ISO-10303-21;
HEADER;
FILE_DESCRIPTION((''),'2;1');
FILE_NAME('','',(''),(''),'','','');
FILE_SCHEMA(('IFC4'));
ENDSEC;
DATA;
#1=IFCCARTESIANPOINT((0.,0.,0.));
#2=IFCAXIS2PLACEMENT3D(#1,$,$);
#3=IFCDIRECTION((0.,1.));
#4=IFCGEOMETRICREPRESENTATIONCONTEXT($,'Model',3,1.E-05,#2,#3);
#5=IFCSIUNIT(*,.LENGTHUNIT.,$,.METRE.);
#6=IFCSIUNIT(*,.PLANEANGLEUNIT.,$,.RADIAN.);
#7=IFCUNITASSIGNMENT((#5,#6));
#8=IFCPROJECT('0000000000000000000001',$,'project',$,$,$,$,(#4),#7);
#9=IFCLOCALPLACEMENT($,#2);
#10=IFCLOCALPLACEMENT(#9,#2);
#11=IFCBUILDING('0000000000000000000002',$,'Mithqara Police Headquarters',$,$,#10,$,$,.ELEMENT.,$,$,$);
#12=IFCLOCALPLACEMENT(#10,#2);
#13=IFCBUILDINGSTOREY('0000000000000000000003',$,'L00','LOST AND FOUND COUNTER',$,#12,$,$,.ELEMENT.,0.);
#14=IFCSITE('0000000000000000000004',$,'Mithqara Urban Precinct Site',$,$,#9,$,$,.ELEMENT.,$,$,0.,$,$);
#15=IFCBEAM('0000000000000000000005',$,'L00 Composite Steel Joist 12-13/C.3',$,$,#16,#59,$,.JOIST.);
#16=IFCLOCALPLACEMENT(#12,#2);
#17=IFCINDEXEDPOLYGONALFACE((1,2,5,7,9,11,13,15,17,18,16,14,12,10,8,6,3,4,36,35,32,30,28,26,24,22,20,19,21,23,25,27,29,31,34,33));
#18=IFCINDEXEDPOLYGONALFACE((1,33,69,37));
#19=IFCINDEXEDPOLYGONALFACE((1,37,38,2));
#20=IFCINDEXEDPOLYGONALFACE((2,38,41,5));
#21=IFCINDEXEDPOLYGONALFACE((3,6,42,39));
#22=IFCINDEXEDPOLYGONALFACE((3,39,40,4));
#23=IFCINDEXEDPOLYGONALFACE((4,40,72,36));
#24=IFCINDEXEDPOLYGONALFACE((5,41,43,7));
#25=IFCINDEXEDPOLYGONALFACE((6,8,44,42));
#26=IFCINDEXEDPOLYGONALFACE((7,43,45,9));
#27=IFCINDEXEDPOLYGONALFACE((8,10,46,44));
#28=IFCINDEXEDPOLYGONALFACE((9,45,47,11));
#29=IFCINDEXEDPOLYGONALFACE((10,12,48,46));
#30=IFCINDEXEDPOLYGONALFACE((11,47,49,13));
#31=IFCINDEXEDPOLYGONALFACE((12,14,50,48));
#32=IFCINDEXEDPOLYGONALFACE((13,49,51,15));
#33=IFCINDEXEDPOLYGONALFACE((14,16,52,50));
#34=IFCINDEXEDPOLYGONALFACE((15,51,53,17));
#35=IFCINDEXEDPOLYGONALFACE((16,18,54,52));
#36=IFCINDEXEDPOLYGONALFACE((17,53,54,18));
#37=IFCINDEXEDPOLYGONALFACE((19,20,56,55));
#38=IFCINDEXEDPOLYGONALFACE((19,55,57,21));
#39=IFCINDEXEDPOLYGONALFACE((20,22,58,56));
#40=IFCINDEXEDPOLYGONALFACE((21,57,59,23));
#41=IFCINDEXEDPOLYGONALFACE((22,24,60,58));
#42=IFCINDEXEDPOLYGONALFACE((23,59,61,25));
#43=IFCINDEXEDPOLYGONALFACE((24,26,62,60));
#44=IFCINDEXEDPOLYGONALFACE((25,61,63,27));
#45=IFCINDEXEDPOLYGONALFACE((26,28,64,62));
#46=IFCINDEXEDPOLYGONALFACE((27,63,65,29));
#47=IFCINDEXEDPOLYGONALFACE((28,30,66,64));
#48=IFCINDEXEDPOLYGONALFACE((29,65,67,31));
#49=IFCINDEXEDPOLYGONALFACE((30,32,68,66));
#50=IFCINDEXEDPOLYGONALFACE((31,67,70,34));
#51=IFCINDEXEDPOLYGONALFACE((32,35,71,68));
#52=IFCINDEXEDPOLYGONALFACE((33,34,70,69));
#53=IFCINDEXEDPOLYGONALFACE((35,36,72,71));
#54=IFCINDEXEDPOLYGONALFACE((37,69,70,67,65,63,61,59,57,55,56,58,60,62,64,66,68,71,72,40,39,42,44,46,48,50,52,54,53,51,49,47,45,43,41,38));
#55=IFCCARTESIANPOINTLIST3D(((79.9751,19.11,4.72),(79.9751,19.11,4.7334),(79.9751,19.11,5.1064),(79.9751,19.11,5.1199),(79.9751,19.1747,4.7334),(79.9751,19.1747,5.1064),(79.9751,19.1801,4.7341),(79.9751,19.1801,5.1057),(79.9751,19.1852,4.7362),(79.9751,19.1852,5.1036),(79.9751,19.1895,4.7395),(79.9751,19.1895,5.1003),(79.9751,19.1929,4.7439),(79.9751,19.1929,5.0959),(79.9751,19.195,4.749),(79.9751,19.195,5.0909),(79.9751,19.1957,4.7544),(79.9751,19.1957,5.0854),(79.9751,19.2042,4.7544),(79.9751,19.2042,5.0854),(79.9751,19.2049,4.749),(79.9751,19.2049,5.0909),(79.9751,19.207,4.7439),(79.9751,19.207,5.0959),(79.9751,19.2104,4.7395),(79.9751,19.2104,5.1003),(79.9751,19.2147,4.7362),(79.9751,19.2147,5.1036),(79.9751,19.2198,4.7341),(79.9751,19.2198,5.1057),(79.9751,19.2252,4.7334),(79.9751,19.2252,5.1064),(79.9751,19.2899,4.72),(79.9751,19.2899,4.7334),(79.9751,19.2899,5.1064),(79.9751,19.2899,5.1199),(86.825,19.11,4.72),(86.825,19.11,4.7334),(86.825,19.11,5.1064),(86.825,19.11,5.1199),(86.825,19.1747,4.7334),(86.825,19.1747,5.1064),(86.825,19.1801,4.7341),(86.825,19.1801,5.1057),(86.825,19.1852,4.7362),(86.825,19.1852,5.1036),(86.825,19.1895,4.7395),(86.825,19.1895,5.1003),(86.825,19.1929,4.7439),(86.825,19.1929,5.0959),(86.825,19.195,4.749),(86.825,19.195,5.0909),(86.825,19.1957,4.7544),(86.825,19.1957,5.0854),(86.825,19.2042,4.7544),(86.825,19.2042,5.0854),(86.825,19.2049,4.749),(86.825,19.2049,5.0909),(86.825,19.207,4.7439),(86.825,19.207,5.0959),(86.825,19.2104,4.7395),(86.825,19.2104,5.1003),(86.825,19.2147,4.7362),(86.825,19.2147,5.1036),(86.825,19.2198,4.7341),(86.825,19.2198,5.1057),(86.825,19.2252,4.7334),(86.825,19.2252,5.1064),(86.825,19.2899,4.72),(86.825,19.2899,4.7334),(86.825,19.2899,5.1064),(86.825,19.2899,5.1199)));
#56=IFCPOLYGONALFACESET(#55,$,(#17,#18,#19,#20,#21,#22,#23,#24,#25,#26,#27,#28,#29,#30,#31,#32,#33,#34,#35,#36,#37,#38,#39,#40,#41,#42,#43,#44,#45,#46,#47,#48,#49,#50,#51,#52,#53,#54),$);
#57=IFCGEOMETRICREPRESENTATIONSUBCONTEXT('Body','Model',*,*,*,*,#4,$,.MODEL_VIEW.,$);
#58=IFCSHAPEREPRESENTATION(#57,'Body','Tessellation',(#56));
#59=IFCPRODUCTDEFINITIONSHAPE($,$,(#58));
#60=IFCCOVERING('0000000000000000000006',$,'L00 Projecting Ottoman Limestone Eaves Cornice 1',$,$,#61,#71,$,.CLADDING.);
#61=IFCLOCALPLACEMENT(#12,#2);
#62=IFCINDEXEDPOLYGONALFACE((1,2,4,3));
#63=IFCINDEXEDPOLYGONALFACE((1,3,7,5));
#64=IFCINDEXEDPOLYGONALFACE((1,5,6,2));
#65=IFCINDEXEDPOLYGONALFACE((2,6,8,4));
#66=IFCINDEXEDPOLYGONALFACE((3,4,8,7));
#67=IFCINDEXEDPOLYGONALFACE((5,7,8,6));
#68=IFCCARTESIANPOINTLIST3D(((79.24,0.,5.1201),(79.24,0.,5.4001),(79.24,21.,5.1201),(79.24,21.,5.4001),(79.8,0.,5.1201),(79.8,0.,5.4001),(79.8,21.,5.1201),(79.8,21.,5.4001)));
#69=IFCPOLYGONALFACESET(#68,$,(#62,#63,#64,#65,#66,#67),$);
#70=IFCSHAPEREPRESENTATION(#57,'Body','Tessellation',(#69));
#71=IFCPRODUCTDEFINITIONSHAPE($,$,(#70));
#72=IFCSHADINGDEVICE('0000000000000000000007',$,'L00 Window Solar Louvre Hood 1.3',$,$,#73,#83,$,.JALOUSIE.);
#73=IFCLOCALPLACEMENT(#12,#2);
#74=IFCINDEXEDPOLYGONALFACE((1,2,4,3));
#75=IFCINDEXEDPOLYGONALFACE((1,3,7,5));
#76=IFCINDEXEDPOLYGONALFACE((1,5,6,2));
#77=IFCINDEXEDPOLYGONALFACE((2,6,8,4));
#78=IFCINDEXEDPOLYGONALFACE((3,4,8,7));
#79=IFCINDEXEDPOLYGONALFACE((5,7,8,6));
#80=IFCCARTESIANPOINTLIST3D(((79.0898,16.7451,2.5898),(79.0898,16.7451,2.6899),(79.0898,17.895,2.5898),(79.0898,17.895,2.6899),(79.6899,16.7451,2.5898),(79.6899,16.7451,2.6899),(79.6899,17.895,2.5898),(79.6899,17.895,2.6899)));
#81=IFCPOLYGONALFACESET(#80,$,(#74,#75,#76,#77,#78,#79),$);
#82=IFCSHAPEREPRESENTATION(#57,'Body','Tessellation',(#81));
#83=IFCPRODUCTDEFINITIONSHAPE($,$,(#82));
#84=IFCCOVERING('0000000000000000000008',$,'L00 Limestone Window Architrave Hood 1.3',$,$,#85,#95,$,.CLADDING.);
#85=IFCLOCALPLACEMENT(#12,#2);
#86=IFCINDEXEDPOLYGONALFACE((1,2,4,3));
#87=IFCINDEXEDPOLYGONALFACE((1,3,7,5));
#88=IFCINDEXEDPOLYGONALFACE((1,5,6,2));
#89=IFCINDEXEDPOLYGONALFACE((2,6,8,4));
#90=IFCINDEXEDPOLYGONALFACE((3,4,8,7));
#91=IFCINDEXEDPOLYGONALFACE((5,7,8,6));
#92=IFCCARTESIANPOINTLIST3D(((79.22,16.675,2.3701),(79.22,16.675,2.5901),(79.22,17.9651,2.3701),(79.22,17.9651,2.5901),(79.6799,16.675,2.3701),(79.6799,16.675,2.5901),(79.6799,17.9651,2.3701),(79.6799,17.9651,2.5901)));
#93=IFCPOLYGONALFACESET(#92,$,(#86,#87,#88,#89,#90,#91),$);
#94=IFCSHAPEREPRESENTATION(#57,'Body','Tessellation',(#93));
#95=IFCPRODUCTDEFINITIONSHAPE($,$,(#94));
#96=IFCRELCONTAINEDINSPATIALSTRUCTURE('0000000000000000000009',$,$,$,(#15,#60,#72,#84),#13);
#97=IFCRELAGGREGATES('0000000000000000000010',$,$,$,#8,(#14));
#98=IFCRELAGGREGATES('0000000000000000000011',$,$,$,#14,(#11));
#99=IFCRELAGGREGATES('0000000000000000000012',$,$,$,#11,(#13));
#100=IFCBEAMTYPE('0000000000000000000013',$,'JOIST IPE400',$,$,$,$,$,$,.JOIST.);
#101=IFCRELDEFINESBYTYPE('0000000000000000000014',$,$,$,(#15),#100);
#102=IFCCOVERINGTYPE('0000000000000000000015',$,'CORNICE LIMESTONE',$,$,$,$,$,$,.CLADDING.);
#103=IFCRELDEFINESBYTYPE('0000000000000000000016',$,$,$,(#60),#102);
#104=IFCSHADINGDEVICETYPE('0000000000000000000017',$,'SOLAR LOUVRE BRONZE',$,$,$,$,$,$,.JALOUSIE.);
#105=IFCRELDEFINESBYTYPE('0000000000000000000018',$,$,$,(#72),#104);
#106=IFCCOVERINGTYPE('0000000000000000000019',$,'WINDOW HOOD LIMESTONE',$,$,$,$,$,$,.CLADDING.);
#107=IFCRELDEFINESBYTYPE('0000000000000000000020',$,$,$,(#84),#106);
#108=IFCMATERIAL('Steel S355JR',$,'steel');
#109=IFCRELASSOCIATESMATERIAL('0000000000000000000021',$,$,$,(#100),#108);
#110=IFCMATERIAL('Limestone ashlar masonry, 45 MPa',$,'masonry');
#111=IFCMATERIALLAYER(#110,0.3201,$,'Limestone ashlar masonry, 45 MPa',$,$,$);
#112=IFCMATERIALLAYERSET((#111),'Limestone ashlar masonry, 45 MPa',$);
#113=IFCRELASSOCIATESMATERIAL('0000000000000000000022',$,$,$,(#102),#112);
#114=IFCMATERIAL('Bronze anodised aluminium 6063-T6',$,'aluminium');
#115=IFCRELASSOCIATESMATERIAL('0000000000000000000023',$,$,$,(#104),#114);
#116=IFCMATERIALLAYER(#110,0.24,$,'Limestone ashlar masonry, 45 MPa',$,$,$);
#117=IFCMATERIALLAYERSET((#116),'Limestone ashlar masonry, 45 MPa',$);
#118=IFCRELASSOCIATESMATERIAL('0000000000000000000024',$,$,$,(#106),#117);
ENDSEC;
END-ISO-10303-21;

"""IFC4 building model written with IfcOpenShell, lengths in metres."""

from ifc_helpers import new_model, si_unit, direction, frame, origin, origin_2d, place, context, subcontext, project, spatial, rectangle, i_section, extrude, material, layer, layer_set, material_profile, profile_set, type_object, element, save


model = new_model("IFC4")

# Units and contexts
model_context = context("Model", 3, precision=1e-05, world=origin(), true_north=direction((0.0, 1.0)))
body_context = subcontext(model_context, "Body", "Model", "MODEL_VIEW")
ifc_project = project(units=[si_unit("LENGTHUNIT", "METRE"), si_unit("PLANEANGLEUNIT", "RADIAN")], contexts=[model_context])

# Site, building, storey
site_placement = place(None, origin())
site = spatial("IfcSite", under=ifc_project, at=site_placement, Name="Mithqara Urban Precinct Site", CompositionType="ELEMENT", RefElevation=0.0)
building_placement = place(site_placement, origin())
building = spatial("IfcBuilding", under=site, at=building_placement, Name="Mithqara Police Headquarters", CompositionType="ELEMENT")
storey_placement = place(building_placement, origin())
storey = spatial("IfcBuildingStorey", under=building, at=storey_placement, Name="L00", Description="LOST AND FOUND COUNTER", CompositionType="ELEMENT", Elevation=0.0)

# Beam
ifc_material_1 = material(Name="Steel S355JR", Category="steel")
ifc_material_profile_1 = material_profile(ifc_material_1, i_section(OverallWidth=0.1799, OverallDepth=0.3999, WebThickness=0.0085, FlangeThickness=0.0134, FilletRadius=0.021, at=origin_2d()), Name="IPE 400")
ifc_profile_set_1 = profile_set([ifc_material_profile_1], Name="Steel S355JR")
beam_type_1 = type_object("IfcBeamType", Name="JOIST IPE400", PredefinedType="JOIST", material=ifc_profile_set_1)
beam_1_placement = place(storey_placement, frame((79.9751, 19.2, 4.9199), z_axis=(1.0, 0.0, 0.0), x_axis=(0.0, 1.0, 0.0)))
element("IfcBeam", 1, at=beam_1_placement, inside=storey, type_object=beam_type_1, Name="L00 Composite Steel Joist 12-13/C.3", PredefinedType="JOIST", context=body_context, shape_type="SweptSolid", body=[
    extrude(i_section(OverallWidth=0.1799, OverallDepth=0.3999, WebThickness=0.0085, FlangeThickness=0.0134, FilletRadius=0.021, at=origin_2d()), origin(), (0.0, 0.0, 1.0), 6.8499),
])

# Covering
ifc_material_2 = material(Name="Limestone ashlar masonry, 45 MPa", Category="masonry")
ifc_layer_1 = layer(ifc_material_2, 0.3201, Name="Limestone ashlar masonry, 45 MPa")
ifc_layer_set_1 = layer_set([ifc_layer_1], Name="Limestone ashlar masonry, 45 MPa")
covering_type_1 = type_object("IfcCoveringType", Name="CORNICE LIMESTONE", PredefinedType="CLADDING", material=ifc_layer_set_1)
covering_1_placement = place(storey_placement, frame((79.52, 10.5, 5.1201), z_axis=(0.0, 0.0, 1.0), x_axis=(0.0, 1.0, 0.0)))
element("IfcCovering", 2, at=covering_1_placement, inside=storey, type_object=covering_type_1, Name="L00 Projecting Ottoman Limestone Eaves Cornice 1", PredefinedType="CLADDING", context=body_context, shape_type="SweptSolid", body=[
    extrude(rectangle(XDim=21.0, YDim=0.5601, at=origin_2d()), origin(), (0.0, 0.0, 1.0), 0.28),
])

# Shading device
ifc_material_3 = material(Name="Bronze anodised aluminium 6063-T6", Category="aluminium")
shading_device_type = type_object("IfcShadingDeviceType", Name="SOLAR LOUVRE BRONZE", PredefinedType="JALOUSIE", material=ifc_material_3)
shading_device_placement = place(storey_placement, frame((79.3899, 17.3201, 2.5898), z_axis=(0.0, 0.0, 1.0), x_axis=(0.0, 1.0, 0.0)))
element("IfcShadingDevice", 3, at=shading_device_placement, inside=storey, type_object=shading_device_type, Name="L00 Window Solar Louvre Hood 1.3", PredefinedType="JALOUSIE", context=body_context, shape_type="SweptSolid", body=[
    extrude(rectangle(XDim=1.1499, YDim=0.6001, at=origin_2d()), origin(), (0.0, 0.0, 1.0), 0.1001),
])

# Covering
ifc_layer_2 = layer(ifc_material_2, 0.24, Name="Limestone ashlar masonry, 45 MPa")
ifc_layer_set_2 = layer_set([ifc_layer_2], Name="Limestone ashlar masonry, 45 MPa")
covering_type_2 = type_object("IfcCoveringType", Name="WINDOW HOOD LIMESTONE", PredefinedType="CLADDING", material=ifc_layer_set_2)
covering_2_placement = place(storey_placement, frame((79.45, 17.3201, 2.3701), z_axis=(0.0, 0.0, 1.0), x_axis=(0.0, 1.0, 0.0)))
element("IfcCovering", 4, at=covering_2_placement, inside=storey, type_object=covering_type_2, Name="L00 Limestone Window Architrave Hood 1.3", PredefinedType="CLADDING", context=body_context, shape_type="SweptSolid", body=[
    extrude(rectangle(XDim=1.29, YDim=0.46, at=origin_2d()), origin(), (0.0, 0.0, 1.0), 0.22),
])

save(model, "model.ifc")
